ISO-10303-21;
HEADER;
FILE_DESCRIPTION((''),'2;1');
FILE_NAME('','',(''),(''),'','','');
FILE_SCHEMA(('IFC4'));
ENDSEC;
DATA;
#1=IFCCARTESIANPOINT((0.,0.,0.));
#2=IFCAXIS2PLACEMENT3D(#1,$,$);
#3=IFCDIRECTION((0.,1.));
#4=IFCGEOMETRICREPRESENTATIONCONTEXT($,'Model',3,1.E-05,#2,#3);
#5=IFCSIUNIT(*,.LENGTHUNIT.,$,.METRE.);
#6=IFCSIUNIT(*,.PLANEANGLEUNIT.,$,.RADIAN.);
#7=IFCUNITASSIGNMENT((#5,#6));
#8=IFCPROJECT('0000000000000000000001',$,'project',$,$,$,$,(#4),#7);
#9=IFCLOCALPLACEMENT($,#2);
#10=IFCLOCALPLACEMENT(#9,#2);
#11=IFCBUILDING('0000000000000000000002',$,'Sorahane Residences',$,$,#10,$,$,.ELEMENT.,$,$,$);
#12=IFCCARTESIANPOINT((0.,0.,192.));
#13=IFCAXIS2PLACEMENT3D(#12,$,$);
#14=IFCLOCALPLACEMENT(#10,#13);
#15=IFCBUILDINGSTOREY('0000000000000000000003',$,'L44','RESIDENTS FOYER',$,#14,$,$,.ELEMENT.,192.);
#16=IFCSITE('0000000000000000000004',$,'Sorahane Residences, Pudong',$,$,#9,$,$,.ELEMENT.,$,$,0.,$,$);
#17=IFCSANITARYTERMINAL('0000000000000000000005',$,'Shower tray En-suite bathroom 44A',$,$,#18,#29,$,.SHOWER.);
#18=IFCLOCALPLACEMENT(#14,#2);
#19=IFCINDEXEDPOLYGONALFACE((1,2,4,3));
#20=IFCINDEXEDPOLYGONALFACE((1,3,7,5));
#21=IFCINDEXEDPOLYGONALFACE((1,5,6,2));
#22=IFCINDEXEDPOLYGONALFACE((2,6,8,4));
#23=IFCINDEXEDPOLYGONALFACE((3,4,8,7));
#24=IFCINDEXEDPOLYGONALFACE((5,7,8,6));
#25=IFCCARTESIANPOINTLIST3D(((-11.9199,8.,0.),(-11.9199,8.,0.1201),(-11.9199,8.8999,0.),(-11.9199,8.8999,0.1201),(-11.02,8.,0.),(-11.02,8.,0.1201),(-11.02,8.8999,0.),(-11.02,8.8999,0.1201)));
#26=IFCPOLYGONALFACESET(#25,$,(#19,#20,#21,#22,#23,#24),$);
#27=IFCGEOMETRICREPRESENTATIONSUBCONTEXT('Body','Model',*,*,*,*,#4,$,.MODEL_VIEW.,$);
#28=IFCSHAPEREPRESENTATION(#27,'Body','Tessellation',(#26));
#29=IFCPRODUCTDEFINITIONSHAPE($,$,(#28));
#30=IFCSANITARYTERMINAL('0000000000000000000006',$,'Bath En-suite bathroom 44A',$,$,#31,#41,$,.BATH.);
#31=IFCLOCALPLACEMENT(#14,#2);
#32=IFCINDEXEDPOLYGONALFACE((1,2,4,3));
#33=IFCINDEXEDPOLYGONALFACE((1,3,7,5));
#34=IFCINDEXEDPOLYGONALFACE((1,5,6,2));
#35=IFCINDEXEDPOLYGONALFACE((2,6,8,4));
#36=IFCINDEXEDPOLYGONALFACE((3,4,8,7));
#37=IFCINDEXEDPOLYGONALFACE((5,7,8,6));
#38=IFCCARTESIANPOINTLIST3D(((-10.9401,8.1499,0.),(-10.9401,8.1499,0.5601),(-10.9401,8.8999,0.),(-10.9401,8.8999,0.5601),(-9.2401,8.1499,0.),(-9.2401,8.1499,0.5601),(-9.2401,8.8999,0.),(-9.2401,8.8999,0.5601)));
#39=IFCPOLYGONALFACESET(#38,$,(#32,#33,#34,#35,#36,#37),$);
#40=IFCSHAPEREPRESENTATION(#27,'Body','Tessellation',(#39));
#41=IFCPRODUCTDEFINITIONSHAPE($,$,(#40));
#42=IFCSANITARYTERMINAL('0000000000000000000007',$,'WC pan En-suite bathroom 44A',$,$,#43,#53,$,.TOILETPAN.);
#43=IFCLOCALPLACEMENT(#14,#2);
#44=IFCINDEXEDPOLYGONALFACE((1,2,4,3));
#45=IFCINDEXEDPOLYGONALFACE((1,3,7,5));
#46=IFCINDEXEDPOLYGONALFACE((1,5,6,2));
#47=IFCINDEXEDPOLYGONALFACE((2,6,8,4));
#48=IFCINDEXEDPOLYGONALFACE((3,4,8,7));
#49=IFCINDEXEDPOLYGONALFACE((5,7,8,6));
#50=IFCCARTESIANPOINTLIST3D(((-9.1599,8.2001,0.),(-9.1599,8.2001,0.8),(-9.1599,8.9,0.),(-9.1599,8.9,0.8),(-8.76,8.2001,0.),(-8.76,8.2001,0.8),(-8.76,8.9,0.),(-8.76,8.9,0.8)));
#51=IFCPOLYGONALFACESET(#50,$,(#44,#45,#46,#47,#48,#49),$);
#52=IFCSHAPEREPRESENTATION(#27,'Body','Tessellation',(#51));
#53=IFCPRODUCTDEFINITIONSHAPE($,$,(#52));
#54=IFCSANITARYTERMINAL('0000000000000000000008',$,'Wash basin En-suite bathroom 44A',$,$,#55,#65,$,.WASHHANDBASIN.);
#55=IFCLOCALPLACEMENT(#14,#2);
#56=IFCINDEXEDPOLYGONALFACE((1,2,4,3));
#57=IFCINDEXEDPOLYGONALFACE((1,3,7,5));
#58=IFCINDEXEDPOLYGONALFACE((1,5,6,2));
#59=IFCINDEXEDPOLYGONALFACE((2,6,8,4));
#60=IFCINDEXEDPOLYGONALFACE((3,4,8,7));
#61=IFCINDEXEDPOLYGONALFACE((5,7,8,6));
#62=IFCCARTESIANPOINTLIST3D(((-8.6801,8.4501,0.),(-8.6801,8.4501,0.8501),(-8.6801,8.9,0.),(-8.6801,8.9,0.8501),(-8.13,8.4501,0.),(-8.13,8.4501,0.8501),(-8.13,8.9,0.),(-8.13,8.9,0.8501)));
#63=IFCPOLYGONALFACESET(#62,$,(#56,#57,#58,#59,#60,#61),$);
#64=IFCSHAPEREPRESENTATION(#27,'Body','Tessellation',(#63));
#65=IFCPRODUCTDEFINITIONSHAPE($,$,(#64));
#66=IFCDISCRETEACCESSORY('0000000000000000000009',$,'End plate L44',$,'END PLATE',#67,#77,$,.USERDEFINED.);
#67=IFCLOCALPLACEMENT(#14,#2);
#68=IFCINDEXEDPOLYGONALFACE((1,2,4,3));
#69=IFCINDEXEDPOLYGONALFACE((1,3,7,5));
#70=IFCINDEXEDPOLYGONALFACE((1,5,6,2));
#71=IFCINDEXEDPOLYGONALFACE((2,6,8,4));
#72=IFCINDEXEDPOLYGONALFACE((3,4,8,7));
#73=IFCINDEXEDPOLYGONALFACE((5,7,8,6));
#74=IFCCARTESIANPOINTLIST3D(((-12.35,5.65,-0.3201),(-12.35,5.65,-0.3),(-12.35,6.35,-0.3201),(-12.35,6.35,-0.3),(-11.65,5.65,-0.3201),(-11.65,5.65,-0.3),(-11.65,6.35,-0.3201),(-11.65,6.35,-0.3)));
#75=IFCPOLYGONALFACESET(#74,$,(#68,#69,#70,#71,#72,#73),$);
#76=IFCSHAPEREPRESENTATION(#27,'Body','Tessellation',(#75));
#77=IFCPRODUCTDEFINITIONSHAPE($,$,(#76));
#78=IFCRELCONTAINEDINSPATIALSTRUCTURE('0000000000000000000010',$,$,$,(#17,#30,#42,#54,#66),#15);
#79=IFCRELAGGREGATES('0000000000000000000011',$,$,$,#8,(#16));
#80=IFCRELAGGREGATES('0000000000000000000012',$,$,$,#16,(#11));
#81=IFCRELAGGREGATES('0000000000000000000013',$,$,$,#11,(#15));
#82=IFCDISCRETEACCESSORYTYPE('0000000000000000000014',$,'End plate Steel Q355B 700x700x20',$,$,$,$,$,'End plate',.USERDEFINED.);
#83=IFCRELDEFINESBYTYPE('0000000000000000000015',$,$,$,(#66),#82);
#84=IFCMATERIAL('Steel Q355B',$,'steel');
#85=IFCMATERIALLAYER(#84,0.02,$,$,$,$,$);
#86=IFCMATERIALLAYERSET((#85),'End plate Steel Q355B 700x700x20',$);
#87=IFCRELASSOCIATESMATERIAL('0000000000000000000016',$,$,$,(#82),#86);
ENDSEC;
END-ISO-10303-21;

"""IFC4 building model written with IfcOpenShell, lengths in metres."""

from ifc_helpers import new_model, si_unit, direction, frame, origin, origin_2d, place, context, subcontext, project, spatial, rectangle, extrude, material, layer, layer_set, type_object, element, save


model = new_model("IFC4")

# Units and contexts
model_context = context("Model", 3, precision=1e-05, world=origin(), true_north=direction((0.0, 1.0)))
body_context = subcontext(model_context, "Body", "Model", "MODEL_VIEW")
ifc_project = project(units=[si_unit("LENGTHUNIT", "METRE"), si_unit("PLANEANGLEUNIT", "RADIAN")], contexts=[model_context])

# Site, building, storey
site_placement = place(None, origin())
site = spatial("IfcSite", under=ifc_project, at=site_placement, Name="Sorahane Residences, Pudong", CompositionType="ELEMENT", RefElevation=0.0)
building_placement = place(site_placement, origin())
building = spatial("IfcBuilding", under=site, at=building_placement, Name="Sorahane Residences", CompositionType="ELEMENT")
storey_placement = place(building_placement, frame((0.0, 0.0, 192.0)))
storey = spatial("IfcBuildingStorey", under=building, at=storey_placement, Name="L44", Description="RESIDENTS FOYER", CompositionType="ELEMENT", Elevation=192.0)

# Sanitary terminals
sanitary_terminal_1_placement = place(storey_placement, frame((-11.47, 8.45, 0.0), z_axis=(0.0, 0.0, 1.0), x_axis=(1.0, 0.0, 0.0)))
element("IfcSanitaryTerminal", 1, at=sanitary_terminal_1_placement, inside=storey, Name="Shower tray En-suite bathroom 44A", PredefinedType="SHOWER", context=body_context, shape_type="SweptSolid", body=[
    extrude(rectangle(XDim=0.8999, YDim=0.8999, at=origin_2d()), origin(), (0.0, 0.0, 1.0), 0.1201),
])
sanitary_terminal_2_placement = place(storey_placement, frame((-10.0901, 8.5249, 0.0), z_axis=(0.0, 0.0, 1.0), x_axis=(1.0, 0.0, 0.0)))
element("IfcSanitaryTerminal", 2, at=sanitary_terminal_2_placement, inside=storey, Name="Bath En-suite bathroom 44A", PredefinedType="BATH", context=body_context, shape_type="SweptSolid", body=[
    extrude(rectangle(XDim=1.7, YDim=0.75, at=origin_2d()), origin(), (0.0, 0.0, 1.0), 0.5601),
])
sanitary_terminal_3_placement = place(storey_placement, frame((-8.96, 8.55, 0.0), z_axis=(0.0, 0.0, 1.0), x_axis=(1.0, 0.0, 0.0)))
element("IfcSanitaryTerminal", 3, at=sanitary_terminal_3_placement, inside=storey, Name="WC pan En-suite bathroom 44A", PredefinedType="TOILETPAN", context=body_context, shape_type="SweptSolid", body=[
    extrude(rectangle(XDim=0.3999, YDim=0.7, at=origin_2d()), origin(), (0.0, 0.0, 1.0), 0.8),
])
sanitary_terminal_4_placement = place(storey_placement, frame((-8.405, 8.675, 0.0), z_axis=(0.0, 0.0, 1.0), x_axis=(1.0, 0.0, 0.0)))
element("IfcSanitaryTerminal", 4, at=sanitary_terminal_4_placement, inside=storey, Name="Wash basin En-suite bathroom 44A", PredefinedType="WASHHANDBASIN", context=body_context, shape_type="SweptSolid", body=[
    extrude(rectangle(XDim=0.55, YDim=0.45, at=origin_2d()), origin(), (0.0, 0.0, 1.0), 0.8501),
])

# Discrete accessory
ifc_material_1 = material(Name="Steel Q355B", Category="steel")
ifc_layer_1 = layer(ifc_material_1, 0.02)
ifc_layer_set_1 = layer_set([ifc_layer_1], Name="End plate Steel Q355B 700x700x20")
discrete_accessory_type = type_object("IfcDiscreteAccessoryType", Name="End plate Steel Q355B 700x700x20", ElementType="End plate", PredefinedType="USERDEFINED", material=ifc_layer_set_1)
discrete_accessory_placement = place(storey_placement, frame((-12.0, 6.0, -0.3201), z_axis=(0.0, 0.0, 1.0), x_axis=(1.0, 0.0, 0.0)))
element("IfcDiscreteAccessory", 5, at=discrete_accessory_placement, inside=storey, type_object=discrete_accessory_type, Name="End plate L44", ObjectType="END PLATE", PredefinedType="USERDEFINED", context=body_context, shape_type="SweptSolid", body=[
    extrude(rectangle(XDim=0.7, YDim=0.7, at=origin_2d()), origin(), (0.0, 0.0, 1.0), 0.02),
])

save(model, "model.ifc")
